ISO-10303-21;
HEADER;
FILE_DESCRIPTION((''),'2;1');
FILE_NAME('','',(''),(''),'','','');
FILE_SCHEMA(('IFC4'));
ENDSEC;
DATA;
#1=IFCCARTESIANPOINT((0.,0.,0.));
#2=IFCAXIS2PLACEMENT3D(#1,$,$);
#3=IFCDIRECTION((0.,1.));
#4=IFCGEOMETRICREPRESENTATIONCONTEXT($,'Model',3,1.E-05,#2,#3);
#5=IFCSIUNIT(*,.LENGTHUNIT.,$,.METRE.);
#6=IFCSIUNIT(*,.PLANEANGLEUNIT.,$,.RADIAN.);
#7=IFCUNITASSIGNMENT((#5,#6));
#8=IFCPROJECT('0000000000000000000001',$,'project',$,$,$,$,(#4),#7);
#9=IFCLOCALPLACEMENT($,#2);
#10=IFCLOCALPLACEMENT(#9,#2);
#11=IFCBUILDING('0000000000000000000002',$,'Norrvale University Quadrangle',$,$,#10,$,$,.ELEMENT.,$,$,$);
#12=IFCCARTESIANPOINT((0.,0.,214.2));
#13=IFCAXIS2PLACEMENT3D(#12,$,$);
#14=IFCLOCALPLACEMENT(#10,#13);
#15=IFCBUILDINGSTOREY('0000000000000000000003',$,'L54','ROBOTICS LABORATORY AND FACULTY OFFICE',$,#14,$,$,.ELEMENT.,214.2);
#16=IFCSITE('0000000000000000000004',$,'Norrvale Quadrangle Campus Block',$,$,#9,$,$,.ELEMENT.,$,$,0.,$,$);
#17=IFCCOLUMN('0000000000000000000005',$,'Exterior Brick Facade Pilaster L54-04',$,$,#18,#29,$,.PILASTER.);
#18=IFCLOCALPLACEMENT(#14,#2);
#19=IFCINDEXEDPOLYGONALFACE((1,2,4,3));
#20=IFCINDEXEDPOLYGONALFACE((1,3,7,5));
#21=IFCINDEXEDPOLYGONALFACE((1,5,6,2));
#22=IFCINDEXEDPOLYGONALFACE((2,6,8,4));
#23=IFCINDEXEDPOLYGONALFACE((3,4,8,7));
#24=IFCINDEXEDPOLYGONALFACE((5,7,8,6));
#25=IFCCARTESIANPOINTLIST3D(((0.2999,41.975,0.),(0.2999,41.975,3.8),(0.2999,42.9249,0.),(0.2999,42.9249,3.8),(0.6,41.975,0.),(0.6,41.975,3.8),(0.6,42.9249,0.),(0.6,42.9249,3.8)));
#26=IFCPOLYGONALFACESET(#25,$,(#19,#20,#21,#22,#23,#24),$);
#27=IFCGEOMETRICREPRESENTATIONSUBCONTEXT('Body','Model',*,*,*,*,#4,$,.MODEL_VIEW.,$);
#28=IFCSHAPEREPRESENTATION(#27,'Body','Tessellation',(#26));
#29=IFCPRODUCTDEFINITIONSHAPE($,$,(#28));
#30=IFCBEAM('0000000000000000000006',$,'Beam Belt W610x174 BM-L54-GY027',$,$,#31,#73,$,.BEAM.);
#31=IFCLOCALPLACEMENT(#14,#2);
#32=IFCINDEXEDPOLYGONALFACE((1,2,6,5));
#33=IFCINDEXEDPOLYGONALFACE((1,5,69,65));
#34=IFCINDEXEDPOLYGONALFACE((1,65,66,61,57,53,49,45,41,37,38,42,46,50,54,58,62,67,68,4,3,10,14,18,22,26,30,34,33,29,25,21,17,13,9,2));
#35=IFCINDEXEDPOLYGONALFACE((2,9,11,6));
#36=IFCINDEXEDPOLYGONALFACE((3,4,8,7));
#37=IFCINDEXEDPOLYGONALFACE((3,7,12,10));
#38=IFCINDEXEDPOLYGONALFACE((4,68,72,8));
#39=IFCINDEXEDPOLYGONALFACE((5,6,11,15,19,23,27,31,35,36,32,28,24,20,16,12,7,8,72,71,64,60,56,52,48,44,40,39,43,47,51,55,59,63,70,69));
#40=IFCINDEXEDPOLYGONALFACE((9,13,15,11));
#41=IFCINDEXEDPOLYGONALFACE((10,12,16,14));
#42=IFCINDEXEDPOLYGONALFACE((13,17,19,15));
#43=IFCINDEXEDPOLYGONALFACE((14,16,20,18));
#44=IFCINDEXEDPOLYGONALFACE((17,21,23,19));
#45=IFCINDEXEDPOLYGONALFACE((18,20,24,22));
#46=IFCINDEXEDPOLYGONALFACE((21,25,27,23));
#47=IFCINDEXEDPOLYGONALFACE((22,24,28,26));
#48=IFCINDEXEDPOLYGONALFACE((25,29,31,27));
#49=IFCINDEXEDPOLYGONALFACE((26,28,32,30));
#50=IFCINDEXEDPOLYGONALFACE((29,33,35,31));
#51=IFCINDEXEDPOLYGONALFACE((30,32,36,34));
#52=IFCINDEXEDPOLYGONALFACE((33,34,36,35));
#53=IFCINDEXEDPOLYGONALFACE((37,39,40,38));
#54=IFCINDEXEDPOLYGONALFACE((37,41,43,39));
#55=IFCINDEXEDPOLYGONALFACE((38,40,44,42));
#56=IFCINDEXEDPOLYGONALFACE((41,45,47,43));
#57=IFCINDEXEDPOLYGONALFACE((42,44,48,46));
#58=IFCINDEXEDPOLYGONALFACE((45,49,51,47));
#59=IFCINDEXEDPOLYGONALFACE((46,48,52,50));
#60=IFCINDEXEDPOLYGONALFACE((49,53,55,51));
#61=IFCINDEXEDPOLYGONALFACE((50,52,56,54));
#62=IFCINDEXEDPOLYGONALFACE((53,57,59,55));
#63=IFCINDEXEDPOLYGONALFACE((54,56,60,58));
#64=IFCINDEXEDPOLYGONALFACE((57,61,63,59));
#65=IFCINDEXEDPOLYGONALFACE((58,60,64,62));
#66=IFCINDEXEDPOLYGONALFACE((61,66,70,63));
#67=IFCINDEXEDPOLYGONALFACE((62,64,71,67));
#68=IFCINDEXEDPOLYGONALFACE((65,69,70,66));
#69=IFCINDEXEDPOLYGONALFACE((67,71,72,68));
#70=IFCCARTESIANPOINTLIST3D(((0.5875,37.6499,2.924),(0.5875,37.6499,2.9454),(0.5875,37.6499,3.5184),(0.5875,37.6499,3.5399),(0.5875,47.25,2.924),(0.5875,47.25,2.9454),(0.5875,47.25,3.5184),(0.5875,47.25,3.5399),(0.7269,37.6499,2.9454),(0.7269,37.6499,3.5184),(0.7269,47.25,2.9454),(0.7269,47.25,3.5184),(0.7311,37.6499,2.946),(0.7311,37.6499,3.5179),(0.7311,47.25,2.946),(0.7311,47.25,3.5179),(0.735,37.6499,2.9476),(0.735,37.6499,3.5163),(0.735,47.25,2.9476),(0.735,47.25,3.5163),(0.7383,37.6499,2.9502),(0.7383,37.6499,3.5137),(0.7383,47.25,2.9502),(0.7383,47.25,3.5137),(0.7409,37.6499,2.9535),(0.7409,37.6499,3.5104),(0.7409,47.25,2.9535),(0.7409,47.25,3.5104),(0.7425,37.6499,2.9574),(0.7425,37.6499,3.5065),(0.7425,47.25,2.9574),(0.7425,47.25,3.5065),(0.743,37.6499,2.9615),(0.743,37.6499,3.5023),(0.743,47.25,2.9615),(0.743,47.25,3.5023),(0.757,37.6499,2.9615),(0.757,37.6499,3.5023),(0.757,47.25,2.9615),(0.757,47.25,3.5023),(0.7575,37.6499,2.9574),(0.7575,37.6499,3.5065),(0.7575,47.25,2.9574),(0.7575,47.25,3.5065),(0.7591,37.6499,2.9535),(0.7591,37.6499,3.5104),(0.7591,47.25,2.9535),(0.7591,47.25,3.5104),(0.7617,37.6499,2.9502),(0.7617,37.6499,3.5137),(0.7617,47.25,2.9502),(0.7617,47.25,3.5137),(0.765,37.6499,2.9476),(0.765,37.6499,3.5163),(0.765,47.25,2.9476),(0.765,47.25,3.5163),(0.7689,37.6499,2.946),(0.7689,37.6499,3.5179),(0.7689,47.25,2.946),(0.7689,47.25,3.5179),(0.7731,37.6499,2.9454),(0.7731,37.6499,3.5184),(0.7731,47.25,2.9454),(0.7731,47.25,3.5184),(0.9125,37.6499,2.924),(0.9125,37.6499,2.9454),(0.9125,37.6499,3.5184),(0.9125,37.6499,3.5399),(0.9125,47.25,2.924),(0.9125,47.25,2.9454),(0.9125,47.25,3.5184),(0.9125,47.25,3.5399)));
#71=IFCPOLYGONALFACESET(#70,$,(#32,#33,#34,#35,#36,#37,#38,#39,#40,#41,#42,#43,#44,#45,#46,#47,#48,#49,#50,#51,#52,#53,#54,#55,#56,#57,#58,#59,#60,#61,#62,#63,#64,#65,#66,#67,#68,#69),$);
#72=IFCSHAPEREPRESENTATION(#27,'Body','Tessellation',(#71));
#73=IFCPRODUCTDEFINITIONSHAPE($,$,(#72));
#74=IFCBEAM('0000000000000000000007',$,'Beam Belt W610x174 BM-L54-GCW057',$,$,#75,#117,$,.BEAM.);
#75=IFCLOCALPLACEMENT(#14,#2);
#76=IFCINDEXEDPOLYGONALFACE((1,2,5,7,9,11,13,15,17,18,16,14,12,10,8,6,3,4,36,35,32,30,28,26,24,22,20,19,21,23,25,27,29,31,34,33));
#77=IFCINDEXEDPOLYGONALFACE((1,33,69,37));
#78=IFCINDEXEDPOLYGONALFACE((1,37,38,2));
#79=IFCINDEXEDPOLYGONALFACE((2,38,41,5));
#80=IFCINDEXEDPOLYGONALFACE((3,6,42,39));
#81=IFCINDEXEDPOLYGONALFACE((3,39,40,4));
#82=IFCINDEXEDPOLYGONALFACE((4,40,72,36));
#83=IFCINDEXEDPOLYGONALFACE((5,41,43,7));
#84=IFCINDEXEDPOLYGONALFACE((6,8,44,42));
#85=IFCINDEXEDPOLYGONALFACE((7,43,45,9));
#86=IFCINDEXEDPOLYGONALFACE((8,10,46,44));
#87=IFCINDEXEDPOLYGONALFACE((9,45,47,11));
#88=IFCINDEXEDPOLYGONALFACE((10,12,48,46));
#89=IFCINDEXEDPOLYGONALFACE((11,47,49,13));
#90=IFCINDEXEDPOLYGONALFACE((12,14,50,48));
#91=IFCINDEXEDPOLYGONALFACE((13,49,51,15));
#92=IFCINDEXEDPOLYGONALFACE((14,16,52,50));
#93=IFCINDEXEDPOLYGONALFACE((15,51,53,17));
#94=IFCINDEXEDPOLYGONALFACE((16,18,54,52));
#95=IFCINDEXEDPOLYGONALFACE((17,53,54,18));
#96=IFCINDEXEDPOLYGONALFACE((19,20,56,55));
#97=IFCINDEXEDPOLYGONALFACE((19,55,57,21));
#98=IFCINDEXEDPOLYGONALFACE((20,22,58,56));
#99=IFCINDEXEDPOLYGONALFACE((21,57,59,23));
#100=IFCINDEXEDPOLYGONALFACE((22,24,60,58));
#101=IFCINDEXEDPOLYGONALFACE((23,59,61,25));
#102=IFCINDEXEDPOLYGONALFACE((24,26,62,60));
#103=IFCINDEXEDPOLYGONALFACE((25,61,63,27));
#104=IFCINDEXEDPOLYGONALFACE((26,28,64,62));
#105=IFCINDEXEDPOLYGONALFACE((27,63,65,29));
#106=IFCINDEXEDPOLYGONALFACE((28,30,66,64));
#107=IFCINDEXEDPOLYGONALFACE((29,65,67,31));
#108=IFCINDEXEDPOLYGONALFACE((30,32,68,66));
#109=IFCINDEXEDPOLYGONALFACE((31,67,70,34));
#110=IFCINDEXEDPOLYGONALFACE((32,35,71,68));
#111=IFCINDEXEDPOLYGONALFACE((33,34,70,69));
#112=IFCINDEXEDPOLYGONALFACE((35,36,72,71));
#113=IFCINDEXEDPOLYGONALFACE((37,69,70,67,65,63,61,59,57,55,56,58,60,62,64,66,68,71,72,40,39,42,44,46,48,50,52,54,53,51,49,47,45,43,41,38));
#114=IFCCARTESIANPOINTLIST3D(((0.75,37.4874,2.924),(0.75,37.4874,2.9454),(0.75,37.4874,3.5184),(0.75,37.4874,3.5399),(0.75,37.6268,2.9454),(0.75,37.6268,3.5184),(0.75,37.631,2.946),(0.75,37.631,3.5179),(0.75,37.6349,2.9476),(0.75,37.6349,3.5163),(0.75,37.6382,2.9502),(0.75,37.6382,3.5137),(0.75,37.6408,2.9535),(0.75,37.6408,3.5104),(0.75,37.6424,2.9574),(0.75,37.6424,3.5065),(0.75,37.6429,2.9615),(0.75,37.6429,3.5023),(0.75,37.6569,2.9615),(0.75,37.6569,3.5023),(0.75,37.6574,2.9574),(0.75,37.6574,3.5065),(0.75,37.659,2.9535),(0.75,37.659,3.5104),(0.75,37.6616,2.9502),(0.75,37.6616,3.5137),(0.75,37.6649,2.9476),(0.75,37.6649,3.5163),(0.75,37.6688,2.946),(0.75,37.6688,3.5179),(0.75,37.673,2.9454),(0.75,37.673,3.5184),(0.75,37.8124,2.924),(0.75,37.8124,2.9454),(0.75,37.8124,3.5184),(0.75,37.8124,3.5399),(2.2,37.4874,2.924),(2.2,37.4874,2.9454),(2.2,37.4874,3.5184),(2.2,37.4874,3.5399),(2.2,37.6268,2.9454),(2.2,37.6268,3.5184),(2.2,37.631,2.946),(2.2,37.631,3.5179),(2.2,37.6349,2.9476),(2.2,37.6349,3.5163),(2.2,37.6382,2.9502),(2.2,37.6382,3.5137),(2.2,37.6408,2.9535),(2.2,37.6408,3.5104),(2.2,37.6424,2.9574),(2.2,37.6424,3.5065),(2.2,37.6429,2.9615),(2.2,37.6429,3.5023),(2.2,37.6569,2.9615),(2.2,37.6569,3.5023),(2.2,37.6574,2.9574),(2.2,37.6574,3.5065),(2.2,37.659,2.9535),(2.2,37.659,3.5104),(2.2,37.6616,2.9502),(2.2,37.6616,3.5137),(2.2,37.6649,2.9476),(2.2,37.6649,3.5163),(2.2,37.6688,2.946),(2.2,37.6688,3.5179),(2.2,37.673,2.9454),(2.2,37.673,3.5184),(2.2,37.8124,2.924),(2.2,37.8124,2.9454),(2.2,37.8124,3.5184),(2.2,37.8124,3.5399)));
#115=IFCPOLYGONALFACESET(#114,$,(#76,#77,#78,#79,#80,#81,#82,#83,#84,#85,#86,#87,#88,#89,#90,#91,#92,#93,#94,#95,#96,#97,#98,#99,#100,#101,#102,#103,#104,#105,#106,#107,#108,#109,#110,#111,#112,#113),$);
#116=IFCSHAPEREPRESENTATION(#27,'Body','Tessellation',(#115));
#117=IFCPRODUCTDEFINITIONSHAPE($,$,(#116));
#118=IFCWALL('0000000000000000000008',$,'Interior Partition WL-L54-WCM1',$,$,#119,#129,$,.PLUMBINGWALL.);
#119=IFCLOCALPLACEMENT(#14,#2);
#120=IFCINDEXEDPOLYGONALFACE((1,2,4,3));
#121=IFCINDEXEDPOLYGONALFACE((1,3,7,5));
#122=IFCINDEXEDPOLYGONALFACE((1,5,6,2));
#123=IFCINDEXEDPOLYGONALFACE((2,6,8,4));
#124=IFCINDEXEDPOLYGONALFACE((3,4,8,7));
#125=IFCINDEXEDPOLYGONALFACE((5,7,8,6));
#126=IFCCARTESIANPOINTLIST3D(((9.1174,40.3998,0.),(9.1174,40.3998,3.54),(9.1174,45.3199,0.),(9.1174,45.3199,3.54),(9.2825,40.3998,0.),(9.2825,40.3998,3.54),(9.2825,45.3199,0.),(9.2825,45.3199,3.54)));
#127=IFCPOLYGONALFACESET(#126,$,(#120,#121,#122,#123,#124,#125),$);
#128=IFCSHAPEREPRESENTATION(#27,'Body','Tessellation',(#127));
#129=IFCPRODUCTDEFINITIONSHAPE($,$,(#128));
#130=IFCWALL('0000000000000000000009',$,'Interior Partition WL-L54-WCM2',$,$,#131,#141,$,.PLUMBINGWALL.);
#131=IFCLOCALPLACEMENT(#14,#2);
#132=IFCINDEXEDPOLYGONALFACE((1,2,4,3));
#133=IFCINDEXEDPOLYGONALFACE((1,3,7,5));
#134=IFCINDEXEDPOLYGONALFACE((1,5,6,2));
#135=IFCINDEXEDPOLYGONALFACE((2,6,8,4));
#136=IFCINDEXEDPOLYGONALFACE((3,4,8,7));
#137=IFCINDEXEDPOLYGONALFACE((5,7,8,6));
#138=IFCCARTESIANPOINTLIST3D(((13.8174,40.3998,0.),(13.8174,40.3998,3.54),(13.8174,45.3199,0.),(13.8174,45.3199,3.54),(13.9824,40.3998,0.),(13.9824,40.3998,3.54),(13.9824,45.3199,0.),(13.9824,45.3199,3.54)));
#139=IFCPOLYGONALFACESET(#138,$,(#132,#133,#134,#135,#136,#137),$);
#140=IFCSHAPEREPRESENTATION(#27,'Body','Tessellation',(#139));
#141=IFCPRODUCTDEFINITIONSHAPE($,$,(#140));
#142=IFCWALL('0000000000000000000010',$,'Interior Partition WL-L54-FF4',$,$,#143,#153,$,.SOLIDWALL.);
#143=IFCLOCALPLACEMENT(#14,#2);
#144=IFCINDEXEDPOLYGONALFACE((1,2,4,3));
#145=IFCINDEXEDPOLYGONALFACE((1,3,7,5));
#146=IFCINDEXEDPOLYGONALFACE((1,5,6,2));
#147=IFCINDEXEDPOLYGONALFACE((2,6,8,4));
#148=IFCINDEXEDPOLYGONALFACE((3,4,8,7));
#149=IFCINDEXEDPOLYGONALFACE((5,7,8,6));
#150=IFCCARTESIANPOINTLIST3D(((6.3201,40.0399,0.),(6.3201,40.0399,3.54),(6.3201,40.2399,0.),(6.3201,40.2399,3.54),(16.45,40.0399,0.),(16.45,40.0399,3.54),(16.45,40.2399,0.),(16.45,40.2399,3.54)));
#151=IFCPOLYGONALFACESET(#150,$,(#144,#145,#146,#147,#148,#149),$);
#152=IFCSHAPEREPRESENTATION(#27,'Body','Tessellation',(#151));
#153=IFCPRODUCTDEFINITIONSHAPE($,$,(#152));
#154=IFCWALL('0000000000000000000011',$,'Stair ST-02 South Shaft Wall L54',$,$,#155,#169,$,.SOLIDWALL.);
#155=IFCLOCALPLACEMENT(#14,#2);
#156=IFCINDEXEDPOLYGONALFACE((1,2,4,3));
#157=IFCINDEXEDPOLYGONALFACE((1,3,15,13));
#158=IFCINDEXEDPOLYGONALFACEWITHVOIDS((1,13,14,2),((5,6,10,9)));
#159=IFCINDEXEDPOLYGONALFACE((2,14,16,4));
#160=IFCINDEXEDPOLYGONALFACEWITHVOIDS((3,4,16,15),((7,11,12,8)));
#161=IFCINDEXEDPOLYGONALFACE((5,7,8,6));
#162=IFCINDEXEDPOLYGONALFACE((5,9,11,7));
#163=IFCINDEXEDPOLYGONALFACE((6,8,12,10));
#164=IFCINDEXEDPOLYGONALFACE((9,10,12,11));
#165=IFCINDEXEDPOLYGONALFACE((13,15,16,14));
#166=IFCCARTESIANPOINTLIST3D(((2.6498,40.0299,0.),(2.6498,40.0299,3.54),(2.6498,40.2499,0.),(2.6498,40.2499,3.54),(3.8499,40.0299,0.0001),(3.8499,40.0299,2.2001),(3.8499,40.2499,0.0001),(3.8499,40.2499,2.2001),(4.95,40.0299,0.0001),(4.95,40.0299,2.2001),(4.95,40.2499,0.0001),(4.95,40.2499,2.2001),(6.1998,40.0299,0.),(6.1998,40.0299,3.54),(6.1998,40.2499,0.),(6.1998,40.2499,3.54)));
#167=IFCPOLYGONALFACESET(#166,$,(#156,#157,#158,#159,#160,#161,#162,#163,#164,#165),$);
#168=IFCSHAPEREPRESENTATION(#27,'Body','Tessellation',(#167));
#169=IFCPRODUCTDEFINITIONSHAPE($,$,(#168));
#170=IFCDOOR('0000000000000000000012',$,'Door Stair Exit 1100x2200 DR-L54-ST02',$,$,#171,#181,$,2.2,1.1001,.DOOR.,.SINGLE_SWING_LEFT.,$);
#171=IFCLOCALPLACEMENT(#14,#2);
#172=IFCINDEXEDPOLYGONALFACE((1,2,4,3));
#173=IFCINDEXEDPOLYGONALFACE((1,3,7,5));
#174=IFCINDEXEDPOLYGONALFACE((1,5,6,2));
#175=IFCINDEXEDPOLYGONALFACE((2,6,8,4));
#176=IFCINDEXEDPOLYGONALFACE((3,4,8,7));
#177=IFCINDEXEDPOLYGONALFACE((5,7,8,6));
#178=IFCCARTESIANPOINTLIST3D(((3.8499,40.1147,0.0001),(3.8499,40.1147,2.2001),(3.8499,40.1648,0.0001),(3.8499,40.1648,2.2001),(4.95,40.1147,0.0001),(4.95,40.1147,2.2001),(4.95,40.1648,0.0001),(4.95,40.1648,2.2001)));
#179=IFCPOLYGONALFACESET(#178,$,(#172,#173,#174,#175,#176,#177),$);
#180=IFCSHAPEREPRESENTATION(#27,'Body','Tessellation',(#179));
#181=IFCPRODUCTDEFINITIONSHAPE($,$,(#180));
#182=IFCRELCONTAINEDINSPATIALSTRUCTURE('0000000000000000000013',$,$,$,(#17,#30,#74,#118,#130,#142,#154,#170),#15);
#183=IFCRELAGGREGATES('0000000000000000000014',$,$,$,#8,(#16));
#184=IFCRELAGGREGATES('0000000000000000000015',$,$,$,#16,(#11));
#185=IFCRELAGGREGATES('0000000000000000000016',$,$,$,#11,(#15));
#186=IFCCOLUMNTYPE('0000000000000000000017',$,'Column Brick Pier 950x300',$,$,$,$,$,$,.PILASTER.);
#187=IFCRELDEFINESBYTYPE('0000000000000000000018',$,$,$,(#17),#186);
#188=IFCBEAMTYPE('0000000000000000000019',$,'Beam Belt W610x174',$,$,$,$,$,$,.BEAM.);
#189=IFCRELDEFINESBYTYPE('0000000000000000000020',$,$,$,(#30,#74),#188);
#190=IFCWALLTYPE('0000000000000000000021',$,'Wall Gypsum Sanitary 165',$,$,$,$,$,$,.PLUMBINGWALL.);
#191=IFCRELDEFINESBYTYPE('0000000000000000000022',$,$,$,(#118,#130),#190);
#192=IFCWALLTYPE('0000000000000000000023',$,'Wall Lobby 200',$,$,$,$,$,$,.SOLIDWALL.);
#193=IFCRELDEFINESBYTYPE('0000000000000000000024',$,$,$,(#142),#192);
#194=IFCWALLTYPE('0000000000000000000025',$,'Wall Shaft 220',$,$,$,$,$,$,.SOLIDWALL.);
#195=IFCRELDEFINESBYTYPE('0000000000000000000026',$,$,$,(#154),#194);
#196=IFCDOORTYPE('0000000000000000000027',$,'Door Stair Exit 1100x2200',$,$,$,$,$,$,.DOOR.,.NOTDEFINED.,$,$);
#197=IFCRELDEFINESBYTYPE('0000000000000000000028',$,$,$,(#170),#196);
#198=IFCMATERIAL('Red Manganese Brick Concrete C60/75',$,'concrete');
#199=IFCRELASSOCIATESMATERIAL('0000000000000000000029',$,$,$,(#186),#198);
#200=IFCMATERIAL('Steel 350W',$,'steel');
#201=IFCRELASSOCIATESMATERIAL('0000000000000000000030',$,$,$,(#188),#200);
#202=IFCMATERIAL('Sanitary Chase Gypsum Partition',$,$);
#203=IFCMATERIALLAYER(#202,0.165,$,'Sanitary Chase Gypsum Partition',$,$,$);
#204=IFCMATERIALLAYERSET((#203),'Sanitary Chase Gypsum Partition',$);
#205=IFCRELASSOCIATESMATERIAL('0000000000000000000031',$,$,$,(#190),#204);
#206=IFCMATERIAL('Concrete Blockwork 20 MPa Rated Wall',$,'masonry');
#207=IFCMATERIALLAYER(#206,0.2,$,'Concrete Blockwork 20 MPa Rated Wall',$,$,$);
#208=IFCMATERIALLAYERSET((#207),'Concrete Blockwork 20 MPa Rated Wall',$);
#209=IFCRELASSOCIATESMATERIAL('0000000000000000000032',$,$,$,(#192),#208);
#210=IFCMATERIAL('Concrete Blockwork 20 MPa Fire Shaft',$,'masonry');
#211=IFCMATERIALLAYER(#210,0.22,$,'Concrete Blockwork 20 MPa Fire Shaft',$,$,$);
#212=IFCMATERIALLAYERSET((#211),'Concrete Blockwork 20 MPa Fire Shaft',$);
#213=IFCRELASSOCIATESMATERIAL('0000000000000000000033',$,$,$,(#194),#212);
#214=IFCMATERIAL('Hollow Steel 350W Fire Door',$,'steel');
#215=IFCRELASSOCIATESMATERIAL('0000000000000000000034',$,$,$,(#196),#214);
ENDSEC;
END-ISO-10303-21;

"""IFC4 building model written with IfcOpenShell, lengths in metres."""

from ifc_helpers import new_model, si_unit, direction, frame, frame_2d, origin, origin_2d, place, context, subcontext, project, spatial, rectangle, i_section, extrude, material, layer, layer_set, material_profile, profile_set, type_object, element, fill, save


model = new_model("IFC4")

# Units and contexts
model_context = context("Model", 3, precision=1e-05, world=origin(), true_north=direction((0.0, 1.0)))
body_context = subcontext(model_context, "Body", "Model", "MODEL_VIEW")
ifc_project = project(units=[si_unit("LENGTHUNIT", "METRE"), si_unit("PLANEANGLEUNIT", "RADIAN")], contexts=[model_context])

# Site, building, storey
site_placement = place(None, origin())
site = spatial("IfcSite", under=ifc_project, at=site_placement, Name="Norrvale Quadrangle Campus Block", CompositionType="ELEMENT", RefElevation=0.0)
building_placement = place(site_placement, origin())
building = spatial("IfcBuilding", under=site, at=building_placement, Name="Norrvale University Quadrangle", CompositionType="ELEMENT")
storey_placement = place(building_placement, frame((0.0, 0.0, 214.2)))
storey = spatial("IfcBuildingStorey", under=building, at=storey_placement, Name="L54", Description="ROBOTICS LABORATORY AND FACULTY OFFICE", CompositionType="ELEMENT", Elevation=214.2)

# Column
ifc_material_1 = material(Name="Red Manganese Brick Concrete C60/75", Category="concrete")
ifc_material_profile_1 = material_profile(ifc_material_1, rectangle(XDim=0.95, YDim=0.3, at=origin_2d()), Name="Red Manganese Brick Concrete C60/75")
ifc_profile_set_1 = profile_set([ifc_material_profile_1], Name="Red Manganese Brick Concrete C60/75")
column_type = type_object("IfcColumnType", Name="Column Brick Pier 950x300", PredefinedType="PILASTER", material=ifc_profile_set_1)
column_placement = place(storey_placement, frame((0.45, 42.45, 0.0), z_axis=(0.0, 0.0, 1.0), x_axis=(0.0, 1.0, 0.0)))
element("IfcColumn", 1, at=column_placement, inside=storey, type_object=column_type, Name="Exterior Brick Facade Pilaster L54-04", PredefinedType="PILASTER", context=body_context, shape_type="SweptSolid", body=[
    extrude(rectangle(XDim=0.95, YDim=0.3, at=origin_2d()), origin(), (0.0, 0.0, 1.0), 3.8),
])

# Beams
ifc_material_2 = material(Name="Steel 350W", Category="steel")
ifc_material_profile_2 = material_profile(ifc_material_2, i_section(OverallWidth=0.325, OverallDepth=0.616, WebThickness=0.0139, FlangeThickness=0.0215, FilletRadius=0.0161, at=origin_2d()), Name="Steel 350W")
ifc_profile_set_2 = profile_set([ifc_material_profile_2], Name="Steel 350W")
beam_type = type_object("IfcBeamType", Name="Beam Belt W610x174", PredefinedType="BEAM", material=ifc_profile_set_2)
beam_1_placement = place(storey_placement, frame((0.75, 37.6499, 3.2319), z_axis=(0.0, 1.0, 0.0), x_axis=(-1.0, 0.0, 0.0)))
element("IfcBeam", 2, at=beam_1_placement, inside=storey, type_object=beam_type, Name="Beam Belt W610x174 BM-L54-GY027", PredefinedType="BEAM", context=body_context, shape_type="SweptSolid", body=[
    extrude(i_section(OverallWidth=0.325, OverallDepth=0.616, WebThickness=0.0139, FlangeThickness=0.0215, FilletRadius=0.0161, at=origin_2d()), origin(), (0.0, 0.0, 1.0), 9.6001),
])
beam_2_placement = place(storey_placement, frame((0.75, 37.6499, 3.2319), z_axis=(1.0, 0.0, 0.0), x_axis=(0.0, 1.0, 0.0)))
element("IfcBeam", 3, at=beam_2_placement, inside=storey, type_object=beam_type, Name="Beam Belt W610x174 BM-L54-GCW057", PredefinedType="BEAM", context=body_context, shape_type="SweptSolid", body=[
    extrude(i_section(OverallWidth=0.325, OverallDepth=0.616, WebThickness=0.0139, FlangeThickness=0.0215, FilletRadius=0.0161, at=origin_2d()), origin(), (0.0, 0.0, 1.0), 1.45),
])

# Walls
ifc_material_3 = material(Name="Sanitary Chase Gypsum Partition")
ifc_layer_1 = layer(ifc_material_3, 0.165, Name="Sanitary Chase Gypsum Partition")
ifc_layer_set_1 = layer_set([ifc_layer_1], Name="Sanitary Chase Gypsum Partition")
wall_type_1 = type_object("IfcWallType", Name="Wall Gypsum Sanitary 165", PredefinedType="PLUMBINGWALL", material=ifc_layer_set_1)
for number, where, z_axis, x_axis, name in (
    (4, (9.2, 40.3999, 0.0), (0.0, 0.0, 1.0), (0.0, 1.0, 0.0), "Interior Partition WL-L54-WCM1"),
    (5, (13.8999, 40.3999, 0.0), (0.0, 0.0, 1.0), (0.0, 1.0, 0.0), "Interior Partition WL-L54-WCM2"),
):
    element("IfcWall", number, at=place(storey_placement, frame(where, z_axis=z_axis, x_axis=x_axis)), inside=storey, type_object=wall_type_1, Name=name, PredefinedType="PLUMBINGWALL", context=body_context, shape_type="SweptSolid", body=[
        extrude(rectangle(XDim=4.9202, YDim=0.165, at=frame_2d((2.46, 0.0))), origin(), (0.0, 0.0, 1.0), 3.54),
    ])
ifc_material_4 = material(Name="Concrete Blockwork 20 MPa Rated Wall", Category="masonry")
ifc_layer_2 = layer(ifc_material_4, 0.2, Name="Concrete Blockwork 20 MPa Rated Wall")
ifc_layer_set_2 = layer_set([ifc_layer_2], Name="Concrete Blockwork 20 MPa Rated Wall")
wall_type_2 = type_object("IfcWallType", Name="Wall Lobby 200", PredefinedType="SOLIDWALL", material=ifc_layer_set_2)
wall_1_placement = place(storey_placement, frame((6.3201, 40.1399, 0.0), z_axis=(0.0, 0.0, 1.0), x_axis=(1.0, 0.0, 0.0)))
element("IfcWall", 6, at=wall_1_placement, inside=storey, type_object=wall_type_2, Name="Interior Partition WL-L54-FF4", PredefinedType="SOLIDWALL", context=body_context, shape_type="SweptSolid", body=[
    extrude(rectangle(XDim=10.1299, YDim=0.2, at=frame_2d((5.0649, 0.0))), origin(), (0.0, 0.0, 1.0), 3.54),
])

# Wall, opening, door
ifc_material_5 = material(Name="Concrete Blockwork 20 MPa Fire Shaft", Category="masonry")
ifc_layer_3 = layer(ifc_material_5, 0.22, Name="Concrete Blockwork 20 MPa Fire Shaft")
ifc_layer_set_3 = layer_set([ifc_layer_3], Name="Concrete Blockwork 20 MPa Fire Shaft")
wall_type_3 = type_object("IfcWallType", Name="Wall Shaft 220", PredefinedType="SOLIDWALL", material=ifc_layer_set_3)
wall_2_placement = place(storey_placement, frame((2.6499, 40.1399, 0.0), z_axis=(0.0, 0.0, 1.0), x_axis=(1.0, 0.0, 0.0)))
wall_2 = element("IfcWall", 7, at=wall_2_placement, inside=storey, type_object=wall_type_3, Name="Stair ST-02 South Shaft Wall L54", PredefinedType="SOLIDWALL", context=body_context, shape_type="SweptSolid", body=[
    extrude(rectangle(XDim=3.55, YDim=0.22, at=frame_2d((1.7749, 0.0))), origin(), (0.0, 0.0, 1.0), 3.54),
])
opening_placement = place(wall_2_placement, frame((1.2, 0.0, 0.0)))
opening = element("IfcOpeningElement", 8, at=opening_placement, cuts=wall_2, PredefinedType="OPENING", context=body_context, shape_type="SweptSolid", body=[
    extrude(rectangle(XDim=1.1001, YDim=2.2, at=frame_2d((0.55, 1.1001))), frame((0.0, 0.1221, 0.0), z_axis=(0.0, -1.0, 0.0), x_axis=(1.0, 0.0, 0.0)), (0.0, 0.0, 1.0), 0.2439),
])
ifc_material_6 = material(Name="Hollow Steel 350W Fire Door", Category="steel")
door_type = type_object("IfcDoorType", Name="Door Stair Exit 1100x2200", OperationType="NOTDEFINED", PredefinedType="DOOR", material=ifc_material_6)
door_placement = place(opening_placement, origin())
door = element("IfcDoor", 9, at=door_placement, inside=storey, type_object=door_type, Name="Door Stair Exit 1100x2200 DR-L54-ST02", OperationType="SINGLE_SWING_LEFT", OverallHeight=2.2, OverallWidth=1.1001, PredefinedType="DOOR", context=body_context, shape_type="SweptSolid", body=[
    extrude(rectangle(XDim=1.1001, YDim=2.2, at=frame_2d((0.55, 1.1001))), frame((0.0, 0.0249, 0.0), z_axis=(0.0, -1.0, 0.0), x_axis=(1.0, 0.0, 0.0)), (0.0, 0.0, 1.0), 0.05),
])
fill(opening, door)

save(model, "model.ifc")
